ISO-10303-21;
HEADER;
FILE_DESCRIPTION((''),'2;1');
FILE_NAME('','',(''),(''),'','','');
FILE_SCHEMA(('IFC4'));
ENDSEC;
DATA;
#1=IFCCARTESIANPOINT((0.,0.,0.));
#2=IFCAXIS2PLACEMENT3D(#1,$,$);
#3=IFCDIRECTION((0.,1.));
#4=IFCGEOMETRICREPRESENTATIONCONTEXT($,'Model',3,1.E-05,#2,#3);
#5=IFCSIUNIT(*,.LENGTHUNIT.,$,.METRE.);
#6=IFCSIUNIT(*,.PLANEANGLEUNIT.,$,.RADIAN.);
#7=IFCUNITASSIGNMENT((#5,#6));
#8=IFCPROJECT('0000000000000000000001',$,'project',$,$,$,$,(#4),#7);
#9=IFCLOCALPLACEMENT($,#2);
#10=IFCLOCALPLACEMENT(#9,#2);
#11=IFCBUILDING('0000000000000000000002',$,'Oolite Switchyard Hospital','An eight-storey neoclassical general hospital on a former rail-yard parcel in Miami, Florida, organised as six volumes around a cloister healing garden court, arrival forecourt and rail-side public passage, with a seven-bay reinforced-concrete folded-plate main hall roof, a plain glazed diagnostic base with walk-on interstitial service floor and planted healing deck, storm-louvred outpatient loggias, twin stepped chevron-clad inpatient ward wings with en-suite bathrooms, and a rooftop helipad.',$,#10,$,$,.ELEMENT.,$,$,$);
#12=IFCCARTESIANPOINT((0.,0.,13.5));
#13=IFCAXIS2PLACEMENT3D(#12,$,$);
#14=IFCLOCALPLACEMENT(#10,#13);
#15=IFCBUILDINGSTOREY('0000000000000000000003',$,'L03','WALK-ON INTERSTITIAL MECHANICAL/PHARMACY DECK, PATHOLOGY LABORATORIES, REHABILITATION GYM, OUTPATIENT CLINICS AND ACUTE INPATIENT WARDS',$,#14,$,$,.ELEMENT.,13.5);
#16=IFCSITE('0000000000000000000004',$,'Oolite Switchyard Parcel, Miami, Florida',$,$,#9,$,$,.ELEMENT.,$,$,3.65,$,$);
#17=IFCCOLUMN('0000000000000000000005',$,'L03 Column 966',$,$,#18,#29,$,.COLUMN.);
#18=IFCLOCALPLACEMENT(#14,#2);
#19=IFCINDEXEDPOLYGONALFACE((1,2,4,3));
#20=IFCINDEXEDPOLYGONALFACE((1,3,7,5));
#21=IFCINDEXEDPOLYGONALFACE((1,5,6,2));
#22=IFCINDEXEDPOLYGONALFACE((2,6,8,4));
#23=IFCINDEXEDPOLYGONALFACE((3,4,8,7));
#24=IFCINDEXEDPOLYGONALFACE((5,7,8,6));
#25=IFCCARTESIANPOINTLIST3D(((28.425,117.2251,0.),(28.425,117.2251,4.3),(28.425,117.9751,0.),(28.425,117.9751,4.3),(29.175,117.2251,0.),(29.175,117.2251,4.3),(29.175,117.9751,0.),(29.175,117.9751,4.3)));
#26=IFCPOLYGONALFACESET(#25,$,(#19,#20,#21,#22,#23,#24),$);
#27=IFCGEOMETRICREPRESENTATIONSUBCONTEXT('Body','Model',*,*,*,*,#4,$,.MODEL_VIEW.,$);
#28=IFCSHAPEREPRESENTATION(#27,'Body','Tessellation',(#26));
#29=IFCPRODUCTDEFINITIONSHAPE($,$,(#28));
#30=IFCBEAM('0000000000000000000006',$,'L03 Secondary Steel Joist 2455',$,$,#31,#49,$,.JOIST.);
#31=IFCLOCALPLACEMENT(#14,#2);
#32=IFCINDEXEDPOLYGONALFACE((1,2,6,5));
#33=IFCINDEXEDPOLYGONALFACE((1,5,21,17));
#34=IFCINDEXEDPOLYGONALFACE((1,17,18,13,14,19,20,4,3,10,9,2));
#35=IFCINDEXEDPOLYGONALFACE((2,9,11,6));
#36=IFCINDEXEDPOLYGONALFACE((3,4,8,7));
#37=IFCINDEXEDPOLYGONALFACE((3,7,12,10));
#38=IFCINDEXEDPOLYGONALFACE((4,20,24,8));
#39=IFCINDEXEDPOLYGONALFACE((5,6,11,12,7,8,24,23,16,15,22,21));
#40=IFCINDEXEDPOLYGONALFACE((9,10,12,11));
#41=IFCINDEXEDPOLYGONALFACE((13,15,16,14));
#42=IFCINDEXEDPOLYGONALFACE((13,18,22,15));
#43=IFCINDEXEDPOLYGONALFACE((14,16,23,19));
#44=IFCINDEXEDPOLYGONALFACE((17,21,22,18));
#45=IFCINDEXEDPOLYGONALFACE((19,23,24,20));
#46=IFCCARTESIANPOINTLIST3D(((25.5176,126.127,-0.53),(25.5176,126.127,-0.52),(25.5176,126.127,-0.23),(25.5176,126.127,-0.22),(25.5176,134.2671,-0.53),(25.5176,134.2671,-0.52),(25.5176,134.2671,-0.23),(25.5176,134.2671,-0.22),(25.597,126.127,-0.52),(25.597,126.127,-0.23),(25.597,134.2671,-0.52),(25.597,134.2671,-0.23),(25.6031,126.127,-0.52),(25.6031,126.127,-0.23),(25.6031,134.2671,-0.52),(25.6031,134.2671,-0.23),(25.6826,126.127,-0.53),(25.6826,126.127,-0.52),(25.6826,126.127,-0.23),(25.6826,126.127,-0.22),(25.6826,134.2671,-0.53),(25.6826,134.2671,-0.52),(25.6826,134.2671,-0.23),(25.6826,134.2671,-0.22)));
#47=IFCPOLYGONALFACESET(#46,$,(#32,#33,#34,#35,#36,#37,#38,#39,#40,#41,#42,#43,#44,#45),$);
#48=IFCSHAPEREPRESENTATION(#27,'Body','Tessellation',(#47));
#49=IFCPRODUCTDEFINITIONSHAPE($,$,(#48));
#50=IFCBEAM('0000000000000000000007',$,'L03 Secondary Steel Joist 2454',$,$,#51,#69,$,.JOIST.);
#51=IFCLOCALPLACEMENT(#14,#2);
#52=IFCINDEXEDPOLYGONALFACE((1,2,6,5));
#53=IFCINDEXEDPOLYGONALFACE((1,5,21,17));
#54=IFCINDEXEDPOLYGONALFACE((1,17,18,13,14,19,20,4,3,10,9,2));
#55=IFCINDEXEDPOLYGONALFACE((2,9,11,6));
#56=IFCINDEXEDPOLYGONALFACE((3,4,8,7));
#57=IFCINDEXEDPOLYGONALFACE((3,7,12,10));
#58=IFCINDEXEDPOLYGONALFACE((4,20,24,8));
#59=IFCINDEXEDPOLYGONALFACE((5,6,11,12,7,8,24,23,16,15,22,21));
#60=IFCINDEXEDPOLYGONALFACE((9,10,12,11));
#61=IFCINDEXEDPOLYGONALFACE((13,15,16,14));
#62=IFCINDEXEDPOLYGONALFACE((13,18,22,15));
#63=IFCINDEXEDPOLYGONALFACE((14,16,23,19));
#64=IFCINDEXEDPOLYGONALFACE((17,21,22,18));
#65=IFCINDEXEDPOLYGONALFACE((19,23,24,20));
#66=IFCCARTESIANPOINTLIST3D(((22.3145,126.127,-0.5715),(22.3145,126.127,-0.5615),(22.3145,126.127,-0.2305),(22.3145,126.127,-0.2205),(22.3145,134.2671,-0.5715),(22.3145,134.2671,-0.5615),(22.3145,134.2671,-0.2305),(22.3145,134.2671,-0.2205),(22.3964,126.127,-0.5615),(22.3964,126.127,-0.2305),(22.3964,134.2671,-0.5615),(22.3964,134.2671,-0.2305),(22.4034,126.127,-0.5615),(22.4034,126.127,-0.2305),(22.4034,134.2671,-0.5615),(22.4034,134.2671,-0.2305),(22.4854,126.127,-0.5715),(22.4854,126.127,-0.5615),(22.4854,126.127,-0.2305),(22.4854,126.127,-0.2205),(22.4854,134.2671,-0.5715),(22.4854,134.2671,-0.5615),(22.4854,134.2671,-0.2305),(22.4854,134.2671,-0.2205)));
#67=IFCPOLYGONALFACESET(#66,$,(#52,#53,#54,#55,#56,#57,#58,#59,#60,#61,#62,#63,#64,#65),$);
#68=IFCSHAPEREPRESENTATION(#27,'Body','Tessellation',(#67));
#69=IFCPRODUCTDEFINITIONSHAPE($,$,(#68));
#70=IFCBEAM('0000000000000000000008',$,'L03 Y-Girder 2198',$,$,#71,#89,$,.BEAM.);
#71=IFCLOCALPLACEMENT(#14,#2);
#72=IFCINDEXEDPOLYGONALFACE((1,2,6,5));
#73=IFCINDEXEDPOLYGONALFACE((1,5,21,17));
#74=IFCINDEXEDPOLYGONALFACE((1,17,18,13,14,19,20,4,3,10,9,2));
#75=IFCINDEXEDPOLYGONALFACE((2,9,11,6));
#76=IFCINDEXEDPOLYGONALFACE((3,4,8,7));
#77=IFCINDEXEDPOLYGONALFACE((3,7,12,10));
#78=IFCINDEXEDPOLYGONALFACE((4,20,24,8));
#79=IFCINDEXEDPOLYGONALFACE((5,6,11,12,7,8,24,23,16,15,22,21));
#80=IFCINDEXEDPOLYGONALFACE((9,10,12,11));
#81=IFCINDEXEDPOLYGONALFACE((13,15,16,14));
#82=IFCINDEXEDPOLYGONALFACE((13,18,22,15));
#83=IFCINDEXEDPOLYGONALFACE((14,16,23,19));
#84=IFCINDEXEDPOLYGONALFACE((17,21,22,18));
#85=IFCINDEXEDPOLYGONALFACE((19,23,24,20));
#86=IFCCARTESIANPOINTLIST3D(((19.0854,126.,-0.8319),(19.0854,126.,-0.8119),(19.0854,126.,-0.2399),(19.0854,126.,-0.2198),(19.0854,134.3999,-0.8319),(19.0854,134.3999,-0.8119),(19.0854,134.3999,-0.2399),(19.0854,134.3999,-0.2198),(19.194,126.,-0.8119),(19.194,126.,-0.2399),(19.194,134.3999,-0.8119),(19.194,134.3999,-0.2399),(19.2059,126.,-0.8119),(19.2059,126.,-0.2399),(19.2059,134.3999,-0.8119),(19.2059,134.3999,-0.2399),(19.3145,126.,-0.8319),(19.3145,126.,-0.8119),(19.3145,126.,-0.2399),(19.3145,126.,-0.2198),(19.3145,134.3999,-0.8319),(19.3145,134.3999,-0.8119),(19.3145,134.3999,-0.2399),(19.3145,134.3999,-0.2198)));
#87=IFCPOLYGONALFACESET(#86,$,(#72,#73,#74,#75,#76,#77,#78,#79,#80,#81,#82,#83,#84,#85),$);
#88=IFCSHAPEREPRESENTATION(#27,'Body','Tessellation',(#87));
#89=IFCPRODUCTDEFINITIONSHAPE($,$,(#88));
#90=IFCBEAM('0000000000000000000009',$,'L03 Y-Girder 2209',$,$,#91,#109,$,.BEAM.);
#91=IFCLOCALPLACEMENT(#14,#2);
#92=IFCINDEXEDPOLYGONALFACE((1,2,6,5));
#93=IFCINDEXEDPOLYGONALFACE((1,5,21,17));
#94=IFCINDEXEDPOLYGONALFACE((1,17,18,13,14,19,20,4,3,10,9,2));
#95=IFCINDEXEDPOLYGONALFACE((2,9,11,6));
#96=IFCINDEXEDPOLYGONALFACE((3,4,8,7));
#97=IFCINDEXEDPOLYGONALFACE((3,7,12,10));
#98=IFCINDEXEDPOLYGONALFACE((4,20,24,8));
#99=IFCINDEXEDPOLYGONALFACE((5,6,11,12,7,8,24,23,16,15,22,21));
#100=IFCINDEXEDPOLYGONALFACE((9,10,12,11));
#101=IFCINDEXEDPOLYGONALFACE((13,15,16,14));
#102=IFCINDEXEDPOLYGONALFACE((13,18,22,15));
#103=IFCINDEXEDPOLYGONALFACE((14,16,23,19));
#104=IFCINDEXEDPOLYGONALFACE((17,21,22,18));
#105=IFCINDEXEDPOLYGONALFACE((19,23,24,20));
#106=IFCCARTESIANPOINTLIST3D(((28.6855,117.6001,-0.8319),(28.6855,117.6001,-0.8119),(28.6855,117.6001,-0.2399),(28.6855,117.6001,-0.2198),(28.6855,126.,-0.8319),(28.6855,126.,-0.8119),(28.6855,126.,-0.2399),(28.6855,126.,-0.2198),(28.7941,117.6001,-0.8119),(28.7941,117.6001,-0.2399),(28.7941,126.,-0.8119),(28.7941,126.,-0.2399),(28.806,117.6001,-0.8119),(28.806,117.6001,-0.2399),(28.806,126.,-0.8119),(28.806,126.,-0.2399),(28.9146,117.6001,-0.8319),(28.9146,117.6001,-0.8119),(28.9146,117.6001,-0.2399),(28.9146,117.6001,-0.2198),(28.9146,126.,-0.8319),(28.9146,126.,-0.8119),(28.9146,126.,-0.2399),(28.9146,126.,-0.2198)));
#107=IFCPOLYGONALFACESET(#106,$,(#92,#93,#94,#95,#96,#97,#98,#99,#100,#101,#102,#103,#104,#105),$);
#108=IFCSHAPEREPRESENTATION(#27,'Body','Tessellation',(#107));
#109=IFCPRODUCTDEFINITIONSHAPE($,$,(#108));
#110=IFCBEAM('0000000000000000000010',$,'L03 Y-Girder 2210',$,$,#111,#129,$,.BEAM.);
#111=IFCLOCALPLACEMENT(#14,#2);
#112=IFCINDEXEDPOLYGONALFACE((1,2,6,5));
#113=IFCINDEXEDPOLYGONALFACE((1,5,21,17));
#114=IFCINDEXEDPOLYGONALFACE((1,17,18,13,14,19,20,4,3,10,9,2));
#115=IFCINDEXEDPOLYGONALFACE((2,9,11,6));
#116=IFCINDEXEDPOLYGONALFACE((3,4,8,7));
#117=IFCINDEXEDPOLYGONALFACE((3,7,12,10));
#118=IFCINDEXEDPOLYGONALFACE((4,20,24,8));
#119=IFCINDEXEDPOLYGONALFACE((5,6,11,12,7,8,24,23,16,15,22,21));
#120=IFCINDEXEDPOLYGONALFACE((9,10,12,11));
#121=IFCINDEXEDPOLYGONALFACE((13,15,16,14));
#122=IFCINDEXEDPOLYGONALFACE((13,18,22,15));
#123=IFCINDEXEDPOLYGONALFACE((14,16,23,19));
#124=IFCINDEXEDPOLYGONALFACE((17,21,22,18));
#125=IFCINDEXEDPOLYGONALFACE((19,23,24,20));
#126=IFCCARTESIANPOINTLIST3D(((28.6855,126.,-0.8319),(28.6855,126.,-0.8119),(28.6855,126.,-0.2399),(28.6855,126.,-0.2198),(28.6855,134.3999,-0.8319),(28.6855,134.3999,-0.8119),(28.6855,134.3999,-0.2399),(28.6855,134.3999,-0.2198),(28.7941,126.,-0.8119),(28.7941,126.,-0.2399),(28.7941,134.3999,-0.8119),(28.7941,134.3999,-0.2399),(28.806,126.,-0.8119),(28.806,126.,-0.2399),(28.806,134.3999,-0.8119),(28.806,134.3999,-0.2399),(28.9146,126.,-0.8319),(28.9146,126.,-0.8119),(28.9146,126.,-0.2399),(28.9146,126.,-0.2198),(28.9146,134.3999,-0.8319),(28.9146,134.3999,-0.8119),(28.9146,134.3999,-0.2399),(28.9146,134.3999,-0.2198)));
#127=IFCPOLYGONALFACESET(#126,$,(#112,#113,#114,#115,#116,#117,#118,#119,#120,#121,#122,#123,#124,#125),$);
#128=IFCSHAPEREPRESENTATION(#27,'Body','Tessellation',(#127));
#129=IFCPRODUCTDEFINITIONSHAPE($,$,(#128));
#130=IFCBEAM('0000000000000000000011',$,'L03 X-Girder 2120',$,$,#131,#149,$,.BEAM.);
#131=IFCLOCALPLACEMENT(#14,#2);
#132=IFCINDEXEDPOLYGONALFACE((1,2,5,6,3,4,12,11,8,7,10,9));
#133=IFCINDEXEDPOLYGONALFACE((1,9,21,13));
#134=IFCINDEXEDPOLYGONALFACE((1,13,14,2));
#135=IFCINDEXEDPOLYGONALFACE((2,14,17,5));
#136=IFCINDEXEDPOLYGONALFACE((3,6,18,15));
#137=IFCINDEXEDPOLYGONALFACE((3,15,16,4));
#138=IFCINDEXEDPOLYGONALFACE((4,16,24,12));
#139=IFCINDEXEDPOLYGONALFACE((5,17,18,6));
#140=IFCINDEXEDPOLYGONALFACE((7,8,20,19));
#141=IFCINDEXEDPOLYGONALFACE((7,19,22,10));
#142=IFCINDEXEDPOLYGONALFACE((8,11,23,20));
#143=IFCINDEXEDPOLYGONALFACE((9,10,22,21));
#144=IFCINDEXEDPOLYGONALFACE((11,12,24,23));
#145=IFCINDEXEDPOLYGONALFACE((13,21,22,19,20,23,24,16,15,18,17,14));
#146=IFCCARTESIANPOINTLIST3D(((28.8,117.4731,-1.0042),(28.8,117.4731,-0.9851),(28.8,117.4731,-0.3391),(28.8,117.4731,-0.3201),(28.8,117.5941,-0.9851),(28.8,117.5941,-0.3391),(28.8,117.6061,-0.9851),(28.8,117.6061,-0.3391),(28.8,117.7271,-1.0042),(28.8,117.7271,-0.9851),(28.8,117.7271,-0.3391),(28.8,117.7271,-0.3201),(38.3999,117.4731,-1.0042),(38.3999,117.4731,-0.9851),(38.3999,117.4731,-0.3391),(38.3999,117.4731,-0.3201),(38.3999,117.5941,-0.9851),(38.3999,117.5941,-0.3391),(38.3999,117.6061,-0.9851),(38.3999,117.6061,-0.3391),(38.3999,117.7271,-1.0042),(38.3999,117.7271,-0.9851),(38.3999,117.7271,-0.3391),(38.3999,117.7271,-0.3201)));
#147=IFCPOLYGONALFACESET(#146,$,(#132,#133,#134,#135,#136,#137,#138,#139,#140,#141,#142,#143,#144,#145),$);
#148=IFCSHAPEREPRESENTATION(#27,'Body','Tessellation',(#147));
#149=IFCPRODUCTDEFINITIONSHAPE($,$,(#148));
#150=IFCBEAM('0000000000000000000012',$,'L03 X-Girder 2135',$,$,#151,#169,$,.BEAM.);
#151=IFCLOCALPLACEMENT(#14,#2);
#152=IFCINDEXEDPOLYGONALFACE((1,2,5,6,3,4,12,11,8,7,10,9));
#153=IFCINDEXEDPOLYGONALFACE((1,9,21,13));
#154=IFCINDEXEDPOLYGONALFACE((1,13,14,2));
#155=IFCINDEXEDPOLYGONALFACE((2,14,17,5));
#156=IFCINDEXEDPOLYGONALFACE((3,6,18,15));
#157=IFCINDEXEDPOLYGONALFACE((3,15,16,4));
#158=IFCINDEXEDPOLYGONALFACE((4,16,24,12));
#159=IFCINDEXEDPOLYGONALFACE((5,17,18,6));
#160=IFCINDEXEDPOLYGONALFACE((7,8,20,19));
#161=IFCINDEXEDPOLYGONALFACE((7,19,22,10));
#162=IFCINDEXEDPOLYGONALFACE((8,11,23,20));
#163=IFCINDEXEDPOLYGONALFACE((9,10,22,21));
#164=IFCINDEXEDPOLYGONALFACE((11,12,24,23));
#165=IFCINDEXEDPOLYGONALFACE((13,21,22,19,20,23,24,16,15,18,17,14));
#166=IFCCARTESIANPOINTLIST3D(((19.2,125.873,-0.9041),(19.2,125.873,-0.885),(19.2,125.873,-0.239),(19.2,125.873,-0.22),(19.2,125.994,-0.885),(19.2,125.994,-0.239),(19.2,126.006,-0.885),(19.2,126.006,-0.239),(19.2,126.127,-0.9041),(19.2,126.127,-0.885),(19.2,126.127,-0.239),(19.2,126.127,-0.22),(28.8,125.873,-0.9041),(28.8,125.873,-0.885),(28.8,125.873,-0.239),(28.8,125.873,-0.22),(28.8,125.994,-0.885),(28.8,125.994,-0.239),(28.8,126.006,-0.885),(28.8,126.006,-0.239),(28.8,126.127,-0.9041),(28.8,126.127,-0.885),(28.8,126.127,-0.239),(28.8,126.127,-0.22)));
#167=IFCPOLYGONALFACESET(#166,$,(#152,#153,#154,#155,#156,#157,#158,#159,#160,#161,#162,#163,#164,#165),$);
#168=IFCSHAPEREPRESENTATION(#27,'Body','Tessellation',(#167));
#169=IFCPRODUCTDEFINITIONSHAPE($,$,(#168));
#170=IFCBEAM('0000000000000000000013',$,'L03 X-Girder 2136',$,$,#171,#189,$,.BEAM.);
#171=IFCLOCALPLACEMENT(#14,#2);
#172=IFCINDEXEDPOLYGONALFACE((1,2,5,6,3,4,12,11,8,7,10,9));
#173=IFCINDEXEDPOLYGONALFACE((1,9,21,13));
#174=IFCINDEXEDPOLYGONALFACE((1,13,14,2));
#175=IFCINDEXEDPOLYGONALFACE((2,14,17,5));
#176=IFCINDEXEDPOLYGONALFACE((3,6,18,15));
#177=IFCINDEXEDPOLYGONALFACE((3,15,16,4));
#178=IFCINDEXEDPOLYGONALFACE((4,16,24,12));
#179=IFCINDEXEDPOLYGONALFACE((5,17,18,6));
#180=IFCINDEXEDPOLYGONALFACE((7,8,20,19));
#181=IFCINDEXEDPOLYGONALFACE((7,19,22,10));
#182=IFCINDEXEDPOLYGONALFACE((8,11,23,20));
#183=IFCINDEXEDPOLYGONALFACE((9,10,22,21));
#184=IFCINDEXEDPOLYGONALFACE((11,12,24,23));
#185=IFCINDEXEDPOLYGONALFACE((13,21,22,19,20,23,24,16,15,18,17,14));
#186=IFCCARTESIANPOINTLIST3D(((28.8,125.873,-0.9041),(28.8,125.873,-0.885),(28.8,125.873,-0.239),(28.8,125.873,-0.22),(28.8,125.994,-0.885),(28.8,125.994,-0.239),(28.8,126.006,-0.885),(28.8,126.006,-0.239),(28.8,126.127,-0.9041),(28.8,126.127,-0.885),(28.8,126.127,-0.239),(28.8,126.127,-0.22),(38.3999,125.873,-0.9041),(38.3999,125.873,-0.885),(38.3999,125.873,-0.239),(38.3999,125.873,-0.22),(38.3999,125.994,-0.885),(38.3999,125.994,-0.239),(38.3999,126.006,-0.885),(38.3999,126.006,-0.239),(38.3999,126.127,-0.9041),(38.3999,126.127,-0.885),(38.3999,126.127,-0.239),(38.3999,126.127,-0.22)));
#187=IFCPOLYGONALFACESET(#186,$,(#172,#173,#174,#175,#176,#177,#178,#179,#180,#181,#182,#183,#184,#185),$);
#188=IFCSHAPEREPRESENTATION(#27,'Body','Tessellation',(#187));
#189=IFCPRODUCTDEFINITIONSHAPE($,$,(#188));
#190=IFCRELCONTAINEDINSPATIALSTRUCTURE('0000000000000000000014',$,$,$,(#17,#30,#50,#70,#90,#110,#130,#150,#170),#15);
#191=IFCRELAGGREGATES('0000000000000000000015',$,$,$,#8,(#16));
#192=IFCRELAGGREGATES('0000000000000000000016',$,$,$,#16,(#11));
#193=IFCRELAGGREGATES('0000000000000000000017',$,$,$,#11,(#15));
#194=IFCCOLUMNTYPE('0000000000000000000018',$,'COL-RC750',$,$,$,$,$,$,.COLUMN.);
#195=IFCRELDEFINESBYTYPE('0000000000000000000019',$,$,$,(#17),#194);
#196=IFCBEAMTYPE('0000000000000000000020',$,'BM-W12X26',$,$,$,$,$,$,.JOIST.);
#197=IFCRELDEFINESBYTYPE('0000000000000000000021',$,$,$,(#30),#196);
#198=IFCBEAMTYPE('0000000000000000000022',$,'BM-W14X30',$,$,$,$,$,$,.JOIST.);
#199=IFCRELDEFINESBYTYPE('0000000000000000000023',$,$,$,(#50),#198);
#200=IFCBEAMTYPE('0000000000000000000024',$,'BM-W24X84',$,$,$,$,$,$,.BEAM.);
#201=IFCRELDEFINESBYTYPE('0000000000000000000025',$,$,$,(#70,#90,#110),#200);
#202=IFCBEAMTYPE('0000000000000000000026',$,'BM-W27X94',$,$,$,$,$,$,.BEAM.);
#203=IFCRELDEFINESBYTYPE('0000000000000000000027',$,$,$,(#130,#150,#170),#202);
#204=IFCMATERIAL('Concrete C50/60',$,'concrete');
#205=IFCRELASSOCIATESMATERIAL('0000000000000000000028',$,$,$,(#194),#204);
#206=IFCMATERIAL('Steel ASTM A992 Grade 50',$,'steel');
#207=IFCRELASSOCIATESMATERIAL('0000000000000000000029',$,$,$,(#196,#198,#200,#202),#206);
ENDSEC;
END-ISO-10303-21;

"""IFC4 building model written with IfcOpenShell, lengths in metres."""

from ifc_helpers import new_model, si_unit, direction, frame, origin, origin_2d, place, context, subcontext, project, spatial, rectangle, i_section, extrude, material, material_profile, profile_set, type_object, element, save


model = new_model("IFC4")

# Units and contexts
model_context = context("Model", 3, precision=1e-05, world=origin(), true_north=direction((0.0, 1.0)))
body_context = subcontext(model_context, "Body", "Model", "MODEL_VIEW")
ifc_project = project(units=[si_unit("LENGTHUNIT", "METRE"), si_unit("PLANEANGLEUNIT", "RADIAN")], contexts=[model_context])

# Site, building, storey
site_placement = place(None, origin())
site = spatial("IfcSite", under=ifc_project, at=site_placement, Name="Oolite Switchyard Parcel, Miami, Florida", CompositionType="ELEMENT", RefElevation=3.65)
building_placement = place(site_placement, origin())
building = spatial("IfcBuilding", under=site, at=building_placement, Name="Oolite Switchyard Hospital", Description="An eight-storey neoclassical general hospital on a former rail-yard parcel in Miami, Florida, organised as six volumes around a cloister healing garden court, arrival forecourt and rail-side public passage, with a seven-bay reinforced-concrete folded-plate main hall roof, a plain glazed diagnostic base with walk-on interstitial service floor and planted healing deck, storm-louvred outpatient loggias, twin stepped chevron-clad inpatient ward wings with en-suite bathrooms, and a rooftop helipad.", CompositionType="ELEMENT")
storey_placement = place(building_placement, frame((0.0, 0.0, 13.5)))
storey = spatial("IfcBuildingStorey", under=building, at=storey_placement, Name="L03", Description="WALK-ON INTERSTITIAL MECHANICAL/PHARMACY DECK, PATHOLOGY LABORATORIES, REHABILITATION GYM, OUTPATIENT CLINICS AND ACUTE INPATIENT WARDS", CompositionType="ELEMENT", Elevation=13.5)

# Column
ifc_material_1 = material(Name="Concrete C50/60", Category="concrete")
ifc_material_profile_1 = material_profile(ifc_material_1, rectangle(XDim=0.75, YDim=0.75, at=origin_2d()), Name="RC750X750")
ifc_profile_set_1 = profile_set([ifc_material_profile_1], Name="Concrete C50/60")
column_type = type_object("IfcColumnType", Name="COL-RC750", PredefinedType="COLUMN", material=ifc_profile_set_1)
column_placement = place(storey_placement, frame((28.8, 117.6001, 0.0), z_axis=(0.0, 0.0, 1.0), x_axis=(1.0, 0.0, 0.0)))
element("IfcColumn", 1, at=column_placement, inside=storey, type_object=column_type, Name="L03 Column 966", PredefinedType="COLUMN", context=body_context, shape_type="SweptSolid", body=[
    extrude(rectangle(XDim=0.75, YDim=0.75, at=origin_2d()), origin(), (0.0, 0.0, 1.0), 4.3),
])

# Beams
ifc_material_2 = material(Name="Steel ASTM A992 Grade 50", Category="steel")
ifc_material_profile_2 = material_profile(ifc_material_2, i_section(OverallWidth=0.165, OverallDepth=0.3101, WebThickness=0.0061, FlangeThickness=0.01, at=origin_2d()), Name="W12X26")
ifc_profile_set_2 = profile_set([ifc_material_profile_2], Name="Steel ASTM A992 Grade 50")
beam_type_1 = type_object("IfcBeamType", Name="BM-W12X26", PredefinedType="JOIST", material=ifc_profile_set_2)
beam_1_placement = place(storey_placement, frame((25.6001, 126.127, -0.375), z_axis=(0.0, 1.0, 0.0), x_axis=(-1.0, 0.0, 0.0)))
element("IfcBeam", 2, at=beam_1_placement, inside=storey, type_object=beam_type_1, Name="L03 Secondary Steel Joist 2455", PredefinedType="JOIST", context=body_context, shape_type="SweptSolid", body=[
    extrude(i_section(OverallWidth=0.165, OverallDepth=0.3101, WebThickness=0.0061, FlangeThickness=0.01, at=origin_2d()), origin(), (0.0, 0.0, 1.0), 8.1401),
])
ifc_material_profile_3 = material_profile(ifc_material_2, i_section(OverallWidth=0.1709, OverallDepth=0.3511, WebThickness=0.0071, FlangeThickness=0.01, at=origin_2d()), Name="W14X30")
ifc_profile_set_3 = profile_set([ifc_material_profile_3], Name="Steel ASTM A992 Grade 50")
beam_type_2 = type_object("IfcBeamType", Name="BM-W14X30", PredefinedType="JOIST", material=ifc_profile_set_3)
beam_2_placement = place(storey_placement, frame((22.3999, 126.127, -0.396), z_axis=(0.0, 1.0, 0.0), x_axis=(-1.0, 0.0, 0.0)))
element("IfcBeam", 3, at=beam_2_placement, inside=storey, type_object=beam_type_2, Name="L03 Secondary Steel Joist 2454", PredefinedType="JOIST", context=body_context, shape_type="SweptSolid", body=[
    extrude(i_section(OverallWidth=0.1709, OverallDepth=0.3511, WebThickness=0.0071, FlangeThickness=0.01, at=origin_2d()), origin(), (0.0, 0.0, 1.0), 8.1401),
])
ifc_material_profile_4 = material_profile(ifc_material_2, i_section(OverallWidth=0.229, OverallDepth=0.6121, WebThickness=0.012, FlangeThickness=0.02, at=origin_2d()), Name="W24X84")
ifc_profile_set_4 = profile_set([ifc_material_profile_4], Name="Steel ASTM A992 Grade 50")
beam_type_3 = type_object("IfcBeamType", Name="BM-W24X84", PredefinedType="BEAM", material=ifc_profile_set_4)
for number, where, z_axis, x_axis, name in (
    (4, (19.2, 126.0, -0.5259), (0.0, 1.0, 0.0), (-1.0, 0.0, 0.0), "L03 Y-Girder 2198"),
    (5, (28.8, 117.6001, -0.5259), (0.0, 1.0, 0.0), (-1.0, 0.0, 0.0), "L03 Y-Girder 2209"),
    (6, (28.8, 126.0, -0.5259), (0.0, 1.0, 0.0), (-1.0, 0.0, 0.0), "L03 Y-Girder 2210"),
):
    element("IfcBeam", number, at=place(storey_placement, frame(where, z_axis=z_axis, x_axis=x_axis)), inside=storey, type_object=beam_type_3, Name=name, PredefinedType="BEAM", context=body_context, shape_type="SweptSolid", body=[
        extrude(i_section(OverallWidth=0.229, OverallDepth=0.6121, WebThickness=0.012, FlangeThickness=0.02, at=origin_2d()), origin(), (0.0, 0.0, 1.0), 8.3999),
    ])
ifc_material_profile_5 = material_profile(ifc_material_2, i_section(OverallWidth=0.2539, OverallDepth=0.6841, WebThickness=0.012, FlangeThickness=0.019, at=origin_2d()), Name="W27X94")
ifc_profile_set_5 = profile_set([ifc_material_profile_5], Name="Steel ASTM A992 Grade 50")
beam_type_4 = type_object("IfcBeamType", Name="BM-W27X94", PredefinedType="BEAM", material=ifc_profile_set_5)
beam_3_placement = place(storey_placement, frame((28.8, 117.6001, -0.6621), z_axis=(1.0, 0.0, 0.0), x_axis=(0.0, 1.0, 0.0)))
element("IfcBeam", 7, at=beam_3_placement, inside=storey, type_object=beam_type_4, Name="L03 X-Girder 2120", PredefinedType="BEAM", context=body_context, shape_type="SweptSolid", body=[
    extrude(i_section(OverallWidth=0.2539, OverallDepth=0.6841, WebThickness=0.012, FlangeThickness=0.019, at=origin_2d()), origin(), (0.0, 0.0, 1.0), 9.5999),
])
beam_4_placement = place(storey_placement, frame((19.2, 126.0, -0.562), z_axis=(1.0, 0.0, 0.0), x_axis=(0.0, 1.0, 0.0)))
element("IfcBeam", 8, at=beam_4_placement, inside=storey, type_object=beam_type_4, Name="L03 X-Girder 2135", PredefinedType="BEAM", context=body_context, shape_type="SweptSolid", body=[
    extrude(i_section(OverallWidth=0.2539, OverallDepth=0.6841, WebThickness=0.012, FlangeThickness=0.019, at=origin_2d()), origin(), (0.0, 0.0, 1.0), 9.6001),
])
beam_5_placement = place(storey_placement, frame((28.8, 126.0, -0.562), z_axis=(1.0, 0.0, 0.0), x_axis=(0.0, 1.0, 0.0)))
element("IfcBeam", 9, at=beam_5_placement, inside=storey, type_object=beam_type_4, Name="L03 X-Girder 2136", PredefinedType="BEAM", context=body_context, shape_type="SweptSolid", body=[
    extrude(i_section(OverallWidth=0.2539, OverallDepth=0.6841, WebThickness=0.012, FlangeThickness=0.019, at=origin_2d()), origin(), (0.0, 0.0, 1.0), 9.5999),
])

save(model, "model.ifc")
